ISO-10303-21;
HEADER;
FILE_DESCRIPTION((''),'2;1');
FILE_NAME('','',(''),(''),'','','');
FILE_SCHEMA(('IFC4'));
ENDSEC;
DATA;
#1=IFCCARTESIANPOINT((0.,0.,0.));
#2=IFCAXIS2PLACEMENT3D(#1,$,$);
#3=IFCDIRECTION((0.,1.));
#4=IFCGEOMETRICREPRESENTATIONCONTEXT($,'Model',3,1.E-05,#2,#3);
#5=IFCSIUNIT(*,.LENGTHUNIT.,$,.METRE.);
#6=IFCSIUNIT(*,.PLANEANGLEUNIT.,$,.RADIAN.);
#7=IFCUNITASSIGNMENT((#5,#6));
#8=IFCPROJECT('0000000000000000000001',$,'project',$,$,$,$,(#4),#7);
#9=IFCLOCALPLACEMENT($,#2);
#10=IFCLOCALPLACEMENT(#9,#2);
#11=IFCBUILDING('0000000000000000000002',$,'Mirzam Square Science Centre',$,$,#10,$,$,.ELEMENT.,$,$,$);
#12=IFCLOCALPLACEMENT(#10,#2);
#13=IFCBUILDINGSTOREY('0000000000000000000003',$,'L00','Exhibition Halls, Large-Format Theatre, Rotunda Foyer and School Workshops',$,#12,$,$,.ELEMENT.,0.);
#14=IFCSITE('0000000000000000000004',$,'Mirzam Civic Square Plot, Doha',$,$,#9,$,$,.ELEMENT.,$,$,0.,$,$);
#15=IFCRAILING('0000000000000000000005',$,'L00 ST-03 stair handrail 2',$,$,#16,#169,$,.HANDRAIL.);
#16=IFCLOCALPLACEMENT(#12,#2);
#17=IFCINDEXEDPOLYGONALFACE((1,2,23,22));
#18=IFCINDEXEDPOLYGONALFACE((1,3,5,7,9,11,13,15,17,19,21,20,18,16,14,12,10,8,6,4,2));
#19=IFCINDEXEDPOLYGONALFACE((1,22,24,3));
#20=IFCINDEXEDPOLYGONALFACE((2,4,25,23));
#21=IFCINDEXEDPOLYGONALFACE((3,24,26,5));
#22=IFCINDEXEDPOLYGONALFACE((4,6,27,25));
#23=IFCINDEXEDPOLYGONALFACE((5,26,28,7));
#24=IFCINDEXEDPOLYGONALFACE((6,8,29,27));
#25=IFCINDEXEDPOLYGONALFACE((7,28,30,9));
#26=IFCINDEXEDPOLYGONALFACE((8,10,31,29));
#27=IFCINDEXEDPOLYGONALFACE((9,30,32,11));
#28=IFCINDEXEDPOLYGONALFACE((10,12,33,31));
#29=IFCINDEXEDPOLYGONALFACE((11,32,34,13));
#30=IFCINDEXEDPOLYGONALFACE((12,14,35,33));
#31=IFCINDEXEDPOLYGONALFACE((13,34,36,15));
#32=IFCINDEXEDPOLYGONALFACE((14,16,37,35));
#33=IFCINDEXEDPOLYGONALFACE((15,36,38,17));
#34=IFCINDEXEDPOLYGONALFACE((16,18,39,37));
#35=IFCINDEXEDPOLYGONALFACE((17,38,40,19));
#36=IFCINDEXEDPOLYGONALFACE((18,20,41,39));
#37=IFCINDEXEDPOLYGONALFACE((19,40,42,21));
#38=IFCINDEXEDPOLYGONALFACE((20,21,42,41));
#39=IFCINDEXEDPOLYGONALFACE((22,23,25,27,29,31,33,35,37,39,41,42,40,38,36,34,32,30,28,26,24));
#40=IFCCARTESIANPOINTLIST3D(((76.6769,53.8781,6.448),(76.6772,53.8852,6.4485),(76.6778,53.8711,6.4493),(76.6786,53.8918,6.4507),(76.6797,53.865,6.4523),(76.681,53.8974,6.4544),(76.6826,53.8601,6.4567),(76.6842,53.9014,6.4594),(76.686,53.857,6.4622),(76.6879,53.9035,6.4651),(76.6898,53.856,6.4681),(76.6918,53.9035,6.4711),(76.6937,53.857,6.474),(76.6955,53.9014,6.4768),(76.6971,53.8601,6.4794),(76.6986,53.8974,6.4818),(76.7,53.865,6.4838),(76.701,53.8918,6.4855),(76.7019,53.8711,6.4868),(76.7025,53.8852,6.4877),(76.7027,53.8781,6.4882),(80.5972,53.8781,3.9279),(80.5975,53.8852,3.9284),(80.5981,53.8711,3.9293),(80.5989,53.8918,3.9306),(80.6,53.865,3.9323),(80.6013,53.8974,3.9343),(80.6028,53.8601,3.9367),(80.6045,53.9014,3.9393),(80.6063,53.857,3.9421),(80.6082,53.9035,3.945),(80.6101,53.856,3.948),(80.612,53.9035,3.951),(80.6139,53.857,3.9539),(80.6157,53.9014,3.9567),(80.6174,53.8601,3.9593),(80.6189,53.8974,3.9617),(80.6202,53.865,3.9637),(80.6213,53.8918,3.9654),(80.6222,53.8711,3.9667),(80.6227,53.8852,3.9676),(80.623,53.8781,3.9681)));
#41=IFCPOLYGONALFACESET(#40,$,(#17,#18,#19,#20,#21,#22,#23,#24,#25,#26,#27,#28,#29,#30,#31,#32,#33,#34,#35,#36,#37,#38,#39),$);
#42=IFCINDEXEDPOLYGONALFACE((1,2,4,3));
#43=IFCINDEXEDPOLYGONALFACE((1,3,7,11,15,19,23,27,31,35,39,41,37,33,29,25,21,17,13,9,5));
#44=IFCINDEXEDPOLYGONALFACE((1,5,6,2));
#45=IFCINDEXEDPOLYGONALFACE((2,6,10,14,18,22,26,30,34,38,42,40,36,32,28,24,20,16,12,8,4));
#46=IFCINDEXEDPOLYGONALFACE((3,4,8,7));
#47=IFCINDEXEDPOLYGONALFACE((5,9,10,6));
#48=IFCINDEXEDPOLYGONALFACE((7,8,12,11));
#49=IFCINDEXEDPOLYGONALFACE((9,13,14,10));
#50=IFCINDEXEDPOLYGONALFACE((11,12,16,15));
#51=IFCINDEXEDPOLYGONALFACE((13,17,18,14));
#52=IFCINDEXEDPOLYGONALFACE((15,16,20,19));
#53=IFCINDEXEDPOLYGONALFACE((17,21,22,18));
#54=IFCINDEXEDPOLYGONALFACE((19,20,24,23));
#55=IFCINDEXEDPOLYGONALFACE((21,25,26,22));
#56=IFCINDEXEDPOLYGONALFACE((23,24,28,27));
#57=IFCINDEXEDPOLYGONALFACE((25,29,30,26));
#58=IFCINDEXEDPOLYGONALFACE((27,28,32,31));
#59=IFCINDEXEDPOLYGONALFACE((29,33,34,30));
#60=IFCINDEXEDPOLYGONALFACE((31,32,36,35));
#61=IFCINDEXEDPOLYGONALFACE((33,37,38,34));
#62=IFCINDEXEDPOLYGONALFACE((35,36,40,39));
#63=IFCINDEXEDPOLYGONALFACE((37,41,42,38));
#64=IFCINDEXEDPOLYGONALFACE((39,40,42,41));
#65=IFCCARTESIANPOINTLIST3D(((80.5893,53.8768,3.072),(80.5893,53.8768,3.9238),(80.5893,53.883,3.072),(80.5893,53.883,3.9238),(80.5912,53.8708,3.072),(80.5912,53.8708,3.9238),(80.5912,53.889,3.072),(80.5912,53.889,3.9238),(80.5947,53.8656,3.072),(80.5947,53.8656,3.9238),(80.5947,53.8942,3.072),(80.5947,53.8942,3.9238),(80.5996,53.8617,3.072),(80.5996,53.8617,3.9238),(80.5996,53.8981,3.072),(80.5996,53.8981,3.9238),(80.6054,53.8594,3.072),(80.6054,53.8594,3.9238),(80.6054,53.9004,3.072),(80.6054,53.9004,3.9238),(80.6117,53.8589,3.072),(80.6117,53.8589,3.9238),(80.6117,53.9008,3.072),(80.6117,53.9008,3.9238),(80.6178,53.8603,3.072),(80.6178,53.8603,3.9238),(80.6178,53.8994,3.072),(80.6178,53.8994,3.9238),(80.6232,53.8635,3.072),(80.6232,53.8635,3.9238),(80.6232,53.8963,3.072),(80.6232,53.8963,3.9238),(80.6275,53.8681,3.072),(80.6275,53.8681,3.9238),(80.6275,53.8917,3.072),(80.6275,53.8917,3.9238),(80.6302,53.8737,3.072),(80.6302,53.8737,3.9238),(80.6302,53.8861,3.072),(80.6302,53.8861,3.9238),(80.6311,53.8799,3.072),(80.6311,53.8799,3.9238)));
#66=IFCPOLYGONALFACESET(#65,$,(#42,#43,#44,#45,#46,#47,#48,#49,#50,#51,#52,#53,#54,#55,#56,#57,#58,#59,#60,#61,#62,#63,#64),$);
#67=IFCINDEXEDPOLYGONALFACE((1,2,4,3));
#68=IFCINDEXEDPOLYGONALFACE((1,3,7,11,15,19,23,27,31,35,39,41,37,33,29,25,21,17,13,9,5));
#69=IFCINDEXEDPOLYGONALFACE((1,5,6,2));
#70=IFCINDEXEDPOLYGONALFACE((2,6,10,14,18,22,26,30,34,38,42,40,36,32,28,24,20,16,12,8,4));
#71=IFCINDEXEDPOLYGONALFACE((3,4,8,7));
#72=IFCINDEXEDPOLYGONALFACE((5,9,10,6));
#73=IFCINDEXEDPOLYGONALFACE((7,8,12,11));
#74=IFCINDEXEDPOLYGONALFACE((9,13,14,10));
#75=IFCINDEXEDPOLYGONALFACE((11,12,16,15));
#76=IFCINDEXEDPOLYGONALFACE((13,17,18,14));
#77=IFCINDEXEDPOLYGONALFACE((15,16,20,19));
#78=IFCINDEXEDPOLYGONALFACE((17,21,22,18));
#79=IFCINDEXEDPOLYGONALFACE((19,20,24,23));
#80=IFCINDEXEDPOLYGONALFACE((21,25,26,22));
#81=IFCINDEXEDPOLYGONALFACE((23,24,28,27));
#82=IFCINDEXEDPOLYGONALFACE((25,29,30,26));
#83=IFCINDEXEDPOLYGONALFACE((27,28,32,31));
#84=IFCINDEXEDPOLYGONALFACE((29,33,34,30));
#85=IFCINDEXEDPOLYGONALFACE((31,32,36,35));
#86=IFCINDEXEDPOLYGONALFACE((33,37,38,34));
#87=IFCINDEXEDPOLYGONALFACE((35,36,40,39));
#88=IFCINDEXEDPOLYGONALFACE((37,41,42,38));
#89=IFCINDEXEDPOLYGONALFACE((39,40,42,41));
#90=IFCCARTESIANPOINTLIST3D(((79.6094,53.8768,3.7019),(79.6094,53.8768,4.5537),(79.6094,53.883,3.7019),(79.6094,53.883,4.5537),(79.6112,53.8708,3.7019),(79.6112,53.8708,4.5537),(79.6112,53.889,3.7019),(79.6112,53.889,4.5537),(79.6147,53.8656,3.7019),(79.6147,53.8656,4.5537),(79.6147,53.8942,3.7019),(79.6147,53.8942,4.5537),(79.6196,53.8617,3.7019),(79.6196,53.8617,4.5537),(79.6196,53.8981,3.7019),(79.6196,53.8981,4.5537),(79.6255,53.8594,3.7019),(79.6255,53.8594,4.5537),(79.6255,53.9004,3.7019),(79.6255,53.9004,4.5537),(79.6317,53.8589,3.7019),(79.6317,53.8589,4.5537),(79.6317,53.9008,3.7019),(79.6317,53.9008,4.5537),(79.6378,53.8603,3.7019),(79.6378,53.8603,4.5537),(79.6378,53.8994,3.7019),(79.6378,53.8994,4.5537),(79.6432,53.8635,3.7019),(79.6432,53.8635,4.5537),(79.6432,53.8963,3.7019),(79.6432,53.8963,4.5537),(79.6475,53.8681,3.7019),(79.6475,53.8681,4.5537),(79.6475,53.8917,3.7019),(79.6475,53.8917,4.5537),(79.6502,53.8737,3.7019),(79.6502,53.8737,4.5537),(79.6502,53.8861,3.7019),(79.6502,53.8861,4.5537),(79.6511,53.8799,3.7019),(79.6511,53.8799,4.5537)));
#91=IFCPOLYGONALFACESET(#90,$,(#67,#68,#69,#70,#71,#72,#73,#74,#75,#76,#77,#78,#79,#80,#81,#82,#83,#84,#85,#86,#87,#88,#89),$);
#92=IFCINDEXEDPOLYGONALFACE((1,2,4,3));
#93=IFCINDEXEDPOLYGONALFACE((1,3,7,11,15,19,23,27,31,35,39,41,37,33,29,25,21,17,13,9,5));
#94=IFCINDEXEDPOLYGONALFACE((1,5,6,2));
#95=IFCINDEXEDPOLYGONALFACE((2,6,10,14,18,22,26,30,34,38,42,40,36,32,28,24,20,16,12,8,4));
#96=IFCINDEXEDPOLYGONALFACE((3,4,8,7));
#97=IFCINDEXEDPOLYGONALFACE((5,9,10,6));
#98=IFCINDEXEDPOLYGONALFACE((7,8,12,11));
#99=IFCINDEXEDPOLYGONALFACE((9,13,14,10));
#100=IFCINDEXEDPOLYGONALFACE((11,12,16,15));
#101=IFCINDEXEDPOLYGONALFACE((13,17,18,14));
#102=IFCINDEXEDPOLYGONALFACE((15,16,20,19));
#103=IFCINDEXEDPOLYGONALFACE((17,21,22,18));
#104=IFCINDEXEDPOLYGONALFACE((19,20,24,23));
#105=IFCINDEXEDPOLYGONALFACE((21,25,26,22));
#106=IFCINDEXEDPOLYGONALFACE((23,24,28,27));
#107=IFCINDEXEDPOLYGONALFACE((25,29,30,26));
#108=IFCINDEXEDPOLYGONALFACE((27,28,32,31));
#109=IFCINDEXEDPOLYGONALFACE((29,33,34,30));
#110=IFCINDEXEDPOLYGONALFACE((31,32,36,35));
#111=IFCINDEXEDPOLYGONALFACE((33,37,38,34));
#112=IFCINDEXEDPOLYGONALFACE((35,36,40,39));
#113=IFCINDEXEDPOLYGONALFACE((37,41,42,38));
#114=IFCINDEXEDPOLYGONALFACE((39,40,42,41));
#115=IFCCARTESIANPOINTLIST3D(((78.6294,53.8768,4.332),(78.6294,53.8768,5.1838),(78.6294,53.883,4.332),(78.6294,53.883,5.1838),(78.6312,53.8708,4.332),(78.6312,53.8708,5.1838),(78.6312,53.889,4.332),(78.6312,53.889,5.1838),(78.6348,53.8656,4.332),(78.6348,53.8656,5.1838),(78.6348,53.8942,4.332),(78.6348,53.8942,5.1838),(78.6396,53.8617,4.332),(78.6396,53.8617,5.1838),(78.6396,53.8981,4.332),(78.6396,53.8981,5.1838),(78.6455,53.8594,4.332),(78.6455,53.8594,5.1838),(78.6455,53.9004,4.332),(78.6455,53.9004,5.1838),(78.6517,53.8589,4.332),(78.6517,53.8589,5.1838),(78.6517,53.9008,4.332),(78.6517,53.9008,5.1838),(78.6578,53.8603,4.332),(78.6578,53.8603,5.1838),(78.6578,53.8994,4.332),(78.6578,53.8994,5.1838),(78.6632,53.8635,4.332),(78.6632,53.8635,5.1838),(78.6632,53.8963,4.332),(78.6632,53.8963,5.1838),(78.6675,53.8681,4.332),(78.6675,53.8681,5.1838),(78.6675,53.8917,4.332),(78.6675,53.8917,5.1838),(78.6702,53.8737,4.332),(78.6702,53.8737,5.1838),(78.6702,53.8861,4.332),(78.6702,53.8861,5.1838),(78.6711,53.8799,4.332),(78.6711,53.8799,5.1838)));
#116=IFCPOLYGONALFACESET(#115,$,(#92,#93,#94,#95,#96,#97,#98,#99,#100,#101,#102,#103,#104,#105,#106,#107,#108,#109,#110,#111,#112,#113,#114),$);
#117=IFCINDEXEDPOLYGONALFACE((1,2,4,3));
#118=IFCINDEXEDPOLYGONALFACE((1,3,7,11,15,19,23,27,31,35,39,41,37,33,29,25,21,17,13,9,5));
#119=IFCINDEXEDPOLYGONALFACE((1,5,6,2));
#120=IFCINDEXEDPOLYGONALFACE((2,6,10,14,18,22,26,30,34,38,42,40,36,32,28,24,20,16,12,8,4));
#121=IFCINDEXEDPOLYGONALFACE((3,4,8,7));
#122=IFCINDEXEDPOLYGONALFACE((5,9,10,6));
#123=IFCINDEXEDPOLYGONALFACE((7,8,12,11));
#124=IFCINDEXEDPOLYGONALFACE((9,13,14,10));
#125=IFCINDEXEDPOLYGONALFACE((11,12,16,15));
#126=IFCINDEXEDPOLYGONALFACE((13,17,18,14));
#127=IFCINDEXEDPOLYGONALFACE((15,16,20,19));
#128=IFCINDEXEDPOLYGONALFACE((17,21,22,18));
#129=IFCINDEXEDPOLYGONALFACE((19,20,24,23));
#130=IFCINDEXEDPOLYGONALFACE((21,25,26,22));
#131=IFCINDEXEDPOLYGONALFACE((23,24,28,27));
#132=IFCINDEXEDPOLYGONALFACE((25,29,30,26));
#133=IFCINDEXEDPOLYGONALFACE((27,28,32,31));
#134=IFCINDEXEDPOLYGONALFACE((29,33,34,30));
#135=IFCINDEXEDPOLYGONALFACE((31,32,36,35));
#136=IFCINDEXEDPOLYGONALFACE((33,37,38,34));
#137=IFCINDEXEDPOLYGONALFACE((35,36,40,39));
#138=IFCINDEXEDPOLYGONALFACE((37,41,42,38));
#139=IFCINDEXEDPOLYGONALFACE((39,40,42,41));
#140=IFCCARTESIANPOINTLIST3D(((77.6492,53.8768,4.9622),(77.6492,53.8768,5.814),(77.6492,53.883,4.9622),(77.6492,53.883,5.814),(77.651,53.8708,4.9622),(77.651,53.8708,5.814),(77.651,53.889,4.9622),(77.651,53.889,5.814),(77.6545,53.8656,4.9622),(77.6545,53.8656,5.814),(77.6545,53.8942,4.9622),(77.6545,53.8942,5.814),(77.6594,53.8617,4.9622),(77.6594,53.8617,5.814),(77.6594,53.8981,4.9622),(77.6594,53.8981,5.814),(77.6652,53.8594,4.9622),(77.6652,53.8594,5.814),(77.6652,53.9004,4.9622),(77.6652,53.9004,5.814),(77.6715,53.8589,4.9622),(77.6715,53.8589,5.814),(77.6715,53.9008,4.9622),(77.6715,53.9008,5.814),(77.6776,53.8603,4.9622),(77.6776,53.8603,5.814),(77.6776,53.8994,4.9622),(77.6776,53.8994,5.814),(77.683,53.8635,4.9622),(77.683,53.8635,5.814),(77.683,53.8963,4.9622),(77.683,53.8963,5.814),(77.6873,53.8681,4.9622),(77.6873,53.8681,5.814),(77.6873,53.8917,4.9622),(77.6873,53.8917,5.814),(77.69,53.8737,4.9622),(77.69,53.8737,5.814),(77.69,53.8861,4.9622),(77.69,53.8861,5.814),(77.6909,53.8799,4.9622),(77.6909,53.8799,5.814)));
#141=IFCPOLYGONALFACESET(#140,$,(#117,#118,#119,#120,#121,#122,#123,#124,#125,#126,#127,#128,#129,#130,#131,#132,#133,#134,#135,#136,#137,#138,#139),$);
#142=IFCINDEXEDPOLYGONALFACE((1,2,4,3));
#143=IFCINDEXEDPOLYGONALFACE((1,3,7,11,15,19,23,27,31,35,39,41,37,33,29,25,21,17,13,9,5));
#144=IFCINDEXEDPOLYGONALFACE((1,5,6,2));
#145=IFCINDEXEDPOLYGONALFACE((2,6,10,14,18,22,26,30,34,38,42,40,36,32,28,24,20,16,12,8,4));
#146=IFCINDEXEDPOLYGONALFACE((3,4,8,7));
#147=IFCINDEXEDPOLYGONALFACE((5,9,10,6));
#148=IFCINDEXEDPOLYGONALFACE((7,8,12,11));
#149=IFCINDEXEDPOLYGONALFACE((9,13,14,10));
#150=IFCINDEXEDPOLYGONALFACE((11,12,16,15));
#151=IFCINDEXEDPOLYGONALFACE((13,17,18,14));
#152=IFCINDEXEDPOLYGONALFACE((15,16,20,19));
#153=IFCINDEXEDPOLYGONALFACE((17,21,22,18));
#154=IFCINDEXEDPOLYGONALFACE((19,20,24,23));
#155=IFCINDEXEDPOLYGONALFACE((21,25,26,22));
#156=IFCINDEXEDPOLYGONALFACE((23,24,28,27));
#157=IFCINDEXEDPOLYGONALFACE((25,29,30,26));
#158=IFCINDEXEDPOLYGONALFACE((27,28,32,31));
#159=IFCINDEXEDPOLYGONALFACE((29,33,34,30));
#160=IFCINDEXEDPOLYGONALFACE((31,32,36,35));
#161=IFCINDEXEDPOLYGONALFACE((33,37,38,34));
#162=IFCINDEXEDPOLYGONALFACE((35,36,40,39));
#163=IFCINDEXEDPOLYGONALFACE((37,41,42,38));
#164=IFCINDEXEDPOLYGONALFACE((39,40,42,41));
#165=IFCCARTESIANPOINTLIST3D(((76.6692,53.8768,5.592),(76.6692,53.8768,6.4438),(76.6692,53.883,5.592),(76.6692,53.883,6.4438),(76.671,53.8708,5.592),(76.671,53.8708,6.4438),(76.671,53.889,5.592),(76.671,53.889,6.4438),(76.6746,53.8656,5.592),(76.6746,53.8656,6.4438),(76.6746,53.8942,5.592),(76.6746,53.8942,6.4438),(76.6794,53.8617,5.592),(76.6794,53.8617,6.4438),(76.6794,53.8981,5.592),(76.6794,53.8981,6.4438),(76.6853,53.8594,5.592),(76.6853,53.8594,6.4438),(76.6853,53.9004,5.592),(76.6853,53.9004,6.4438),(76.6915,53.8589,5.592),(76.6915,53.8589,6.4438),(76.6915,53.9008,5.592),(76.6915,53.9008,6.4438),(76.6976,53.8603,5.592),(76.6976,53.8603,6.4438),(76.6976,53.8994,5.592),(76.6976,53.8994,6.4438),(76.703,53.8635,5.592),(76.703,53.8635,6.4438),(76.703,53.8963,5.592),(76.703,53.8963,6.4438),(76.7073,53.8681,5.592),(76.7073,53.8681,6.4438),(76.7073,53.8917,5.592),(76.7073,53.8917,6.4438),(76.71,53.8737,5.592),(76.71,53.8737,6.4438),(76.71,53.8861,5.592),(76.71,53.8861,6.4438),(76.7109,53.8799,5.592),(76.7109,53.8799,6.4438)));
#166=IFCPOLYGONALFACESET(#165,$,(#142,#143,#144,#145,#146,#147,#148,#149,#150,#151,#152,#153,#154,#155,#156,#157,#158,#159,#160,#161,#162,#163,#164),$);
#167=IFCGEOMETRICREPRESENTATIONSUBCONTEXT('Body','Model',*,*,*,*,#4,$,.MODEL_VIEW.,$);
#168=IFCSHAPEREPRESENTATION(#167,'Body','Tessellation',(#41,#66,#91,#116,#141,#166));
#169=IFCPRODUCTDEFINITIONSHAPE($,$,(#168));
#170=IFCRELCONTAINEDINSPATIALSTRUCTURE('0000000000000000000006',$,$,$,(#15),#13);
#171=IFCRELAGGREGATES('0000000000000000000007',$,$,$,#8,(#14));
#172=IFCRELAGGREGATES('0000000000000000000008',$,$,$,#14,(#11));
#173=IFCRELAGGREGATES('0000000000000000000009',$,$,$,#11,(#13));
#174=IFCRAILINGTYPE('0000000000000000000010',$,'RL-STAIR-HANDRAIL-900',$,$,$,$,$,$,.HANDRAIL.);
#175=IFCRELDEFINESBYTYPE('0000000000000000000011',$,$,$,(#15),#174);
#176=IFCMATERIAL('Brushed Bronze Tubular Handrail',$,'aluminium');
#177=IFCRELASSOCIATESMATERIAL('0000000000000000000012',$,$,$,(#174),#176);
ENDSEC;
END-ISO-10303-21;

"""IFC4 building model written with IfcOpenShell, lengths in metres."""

from ifc_helpers import new_model, si_unit, direction, frame, origin, origin_2d, place, context, subcontext, project, spatial, circle, extrude, material, type_object, element, save


model = new_model("IFC4")

# Units and contexts
model_context = context("Model", 3, precision=1e-05, world=origin(), true_north=direction((0.0, 1.0)))
body_context = subcontext(model_context, "Body", "Model", "MODEL_VIEW")
ifc_project = project(units=[si_unit("LENGTHUNIT", "METRE"), si_unit("PLANEANGLEUNIT", "RADIAN")], contexts=[model_context])

# Site, building, storey
site_placement = place(None, origin())
site = spatial("IfcSite", under=ifc_project, at=site_placement, Name="Mirzam Civic Square Plot, Doha", CompositionType="ELEMENT", RefElevation=0.0)
building_placement = place(site_placement, origin())
building = spatial("IfcBuilding", under=site, at=building_placement, Name="Mirzam Square Science Centre", CompositionType="ELEMENT")
storey_placement = place(building_placement, origin())
storey = spatial("IfcBuildingStorey", under=building, at=storey_placement, Name="L00", Description="Exhibition Halls, Large-Format Theatre, Rotunda Foyer and School Workshops", CompositionType="ELEMENT", Elevation=0.0)

# Railing
ifc_material_1 = material(Name="Brushed Bronze Tubular Handrail", Category="aluminium")
railing_type_1 = type_object("IfcRailingType", Name="RL-STAIR-HANDRAIL-900", PredefinedType="HANDRAIL", material=ifc_material_1)
railing_1_placement = place(storey_placement, frame((80.6101, 53.8799, 3.072)))
element("IfcRailing", 1, at=railing_1_placement, inside=storey, type_object=railing_type_1, Name="L00 ST-03 stair handrail 2", PredefinedType="HANDRAIL", context=body_context, shape_type="SweptSolid", body=[
    extrude(circle(Radius=0.0239, at=origin_2d()), frame((0.0, 0.0, 0.876), z_axis=(-0.841187, 0.0, 0.540744), x_axis=(0.0, -1.0, 0.0)), (0.0, 0.0, 1.0), 4.6604),
    extrude(circle(Radius=0.021, at=origin_2d()), origin(), (0.0, 0.0, 1.0), 0.8518),
    extrude(circle(Radius=0.021, at=origin_2d()), frame((-0.98, 0.0, 0.6299)), (0.0, 0.0, 1.0), 0.8518),
    extrude(circle(Radius=0.021, at=origin_2d()), frame((-1.96, 0.0, 1.26)), (0.0, 0.0, 1.0), 0.8518),
    extrude(circle(Radius=0.021, at=origin_2d()), frame((-2.9402, 0.0, 1.8901)), (0.0, 0.0, 1.0), 0.8518),
    extrude(circle(Radius=0.021, at=origin_2d()), frame((-3.9202, 0.0, 2.52)), (0.0, 0.0, 1.0), 0.8518),
])

save(model, "model.ifc")
